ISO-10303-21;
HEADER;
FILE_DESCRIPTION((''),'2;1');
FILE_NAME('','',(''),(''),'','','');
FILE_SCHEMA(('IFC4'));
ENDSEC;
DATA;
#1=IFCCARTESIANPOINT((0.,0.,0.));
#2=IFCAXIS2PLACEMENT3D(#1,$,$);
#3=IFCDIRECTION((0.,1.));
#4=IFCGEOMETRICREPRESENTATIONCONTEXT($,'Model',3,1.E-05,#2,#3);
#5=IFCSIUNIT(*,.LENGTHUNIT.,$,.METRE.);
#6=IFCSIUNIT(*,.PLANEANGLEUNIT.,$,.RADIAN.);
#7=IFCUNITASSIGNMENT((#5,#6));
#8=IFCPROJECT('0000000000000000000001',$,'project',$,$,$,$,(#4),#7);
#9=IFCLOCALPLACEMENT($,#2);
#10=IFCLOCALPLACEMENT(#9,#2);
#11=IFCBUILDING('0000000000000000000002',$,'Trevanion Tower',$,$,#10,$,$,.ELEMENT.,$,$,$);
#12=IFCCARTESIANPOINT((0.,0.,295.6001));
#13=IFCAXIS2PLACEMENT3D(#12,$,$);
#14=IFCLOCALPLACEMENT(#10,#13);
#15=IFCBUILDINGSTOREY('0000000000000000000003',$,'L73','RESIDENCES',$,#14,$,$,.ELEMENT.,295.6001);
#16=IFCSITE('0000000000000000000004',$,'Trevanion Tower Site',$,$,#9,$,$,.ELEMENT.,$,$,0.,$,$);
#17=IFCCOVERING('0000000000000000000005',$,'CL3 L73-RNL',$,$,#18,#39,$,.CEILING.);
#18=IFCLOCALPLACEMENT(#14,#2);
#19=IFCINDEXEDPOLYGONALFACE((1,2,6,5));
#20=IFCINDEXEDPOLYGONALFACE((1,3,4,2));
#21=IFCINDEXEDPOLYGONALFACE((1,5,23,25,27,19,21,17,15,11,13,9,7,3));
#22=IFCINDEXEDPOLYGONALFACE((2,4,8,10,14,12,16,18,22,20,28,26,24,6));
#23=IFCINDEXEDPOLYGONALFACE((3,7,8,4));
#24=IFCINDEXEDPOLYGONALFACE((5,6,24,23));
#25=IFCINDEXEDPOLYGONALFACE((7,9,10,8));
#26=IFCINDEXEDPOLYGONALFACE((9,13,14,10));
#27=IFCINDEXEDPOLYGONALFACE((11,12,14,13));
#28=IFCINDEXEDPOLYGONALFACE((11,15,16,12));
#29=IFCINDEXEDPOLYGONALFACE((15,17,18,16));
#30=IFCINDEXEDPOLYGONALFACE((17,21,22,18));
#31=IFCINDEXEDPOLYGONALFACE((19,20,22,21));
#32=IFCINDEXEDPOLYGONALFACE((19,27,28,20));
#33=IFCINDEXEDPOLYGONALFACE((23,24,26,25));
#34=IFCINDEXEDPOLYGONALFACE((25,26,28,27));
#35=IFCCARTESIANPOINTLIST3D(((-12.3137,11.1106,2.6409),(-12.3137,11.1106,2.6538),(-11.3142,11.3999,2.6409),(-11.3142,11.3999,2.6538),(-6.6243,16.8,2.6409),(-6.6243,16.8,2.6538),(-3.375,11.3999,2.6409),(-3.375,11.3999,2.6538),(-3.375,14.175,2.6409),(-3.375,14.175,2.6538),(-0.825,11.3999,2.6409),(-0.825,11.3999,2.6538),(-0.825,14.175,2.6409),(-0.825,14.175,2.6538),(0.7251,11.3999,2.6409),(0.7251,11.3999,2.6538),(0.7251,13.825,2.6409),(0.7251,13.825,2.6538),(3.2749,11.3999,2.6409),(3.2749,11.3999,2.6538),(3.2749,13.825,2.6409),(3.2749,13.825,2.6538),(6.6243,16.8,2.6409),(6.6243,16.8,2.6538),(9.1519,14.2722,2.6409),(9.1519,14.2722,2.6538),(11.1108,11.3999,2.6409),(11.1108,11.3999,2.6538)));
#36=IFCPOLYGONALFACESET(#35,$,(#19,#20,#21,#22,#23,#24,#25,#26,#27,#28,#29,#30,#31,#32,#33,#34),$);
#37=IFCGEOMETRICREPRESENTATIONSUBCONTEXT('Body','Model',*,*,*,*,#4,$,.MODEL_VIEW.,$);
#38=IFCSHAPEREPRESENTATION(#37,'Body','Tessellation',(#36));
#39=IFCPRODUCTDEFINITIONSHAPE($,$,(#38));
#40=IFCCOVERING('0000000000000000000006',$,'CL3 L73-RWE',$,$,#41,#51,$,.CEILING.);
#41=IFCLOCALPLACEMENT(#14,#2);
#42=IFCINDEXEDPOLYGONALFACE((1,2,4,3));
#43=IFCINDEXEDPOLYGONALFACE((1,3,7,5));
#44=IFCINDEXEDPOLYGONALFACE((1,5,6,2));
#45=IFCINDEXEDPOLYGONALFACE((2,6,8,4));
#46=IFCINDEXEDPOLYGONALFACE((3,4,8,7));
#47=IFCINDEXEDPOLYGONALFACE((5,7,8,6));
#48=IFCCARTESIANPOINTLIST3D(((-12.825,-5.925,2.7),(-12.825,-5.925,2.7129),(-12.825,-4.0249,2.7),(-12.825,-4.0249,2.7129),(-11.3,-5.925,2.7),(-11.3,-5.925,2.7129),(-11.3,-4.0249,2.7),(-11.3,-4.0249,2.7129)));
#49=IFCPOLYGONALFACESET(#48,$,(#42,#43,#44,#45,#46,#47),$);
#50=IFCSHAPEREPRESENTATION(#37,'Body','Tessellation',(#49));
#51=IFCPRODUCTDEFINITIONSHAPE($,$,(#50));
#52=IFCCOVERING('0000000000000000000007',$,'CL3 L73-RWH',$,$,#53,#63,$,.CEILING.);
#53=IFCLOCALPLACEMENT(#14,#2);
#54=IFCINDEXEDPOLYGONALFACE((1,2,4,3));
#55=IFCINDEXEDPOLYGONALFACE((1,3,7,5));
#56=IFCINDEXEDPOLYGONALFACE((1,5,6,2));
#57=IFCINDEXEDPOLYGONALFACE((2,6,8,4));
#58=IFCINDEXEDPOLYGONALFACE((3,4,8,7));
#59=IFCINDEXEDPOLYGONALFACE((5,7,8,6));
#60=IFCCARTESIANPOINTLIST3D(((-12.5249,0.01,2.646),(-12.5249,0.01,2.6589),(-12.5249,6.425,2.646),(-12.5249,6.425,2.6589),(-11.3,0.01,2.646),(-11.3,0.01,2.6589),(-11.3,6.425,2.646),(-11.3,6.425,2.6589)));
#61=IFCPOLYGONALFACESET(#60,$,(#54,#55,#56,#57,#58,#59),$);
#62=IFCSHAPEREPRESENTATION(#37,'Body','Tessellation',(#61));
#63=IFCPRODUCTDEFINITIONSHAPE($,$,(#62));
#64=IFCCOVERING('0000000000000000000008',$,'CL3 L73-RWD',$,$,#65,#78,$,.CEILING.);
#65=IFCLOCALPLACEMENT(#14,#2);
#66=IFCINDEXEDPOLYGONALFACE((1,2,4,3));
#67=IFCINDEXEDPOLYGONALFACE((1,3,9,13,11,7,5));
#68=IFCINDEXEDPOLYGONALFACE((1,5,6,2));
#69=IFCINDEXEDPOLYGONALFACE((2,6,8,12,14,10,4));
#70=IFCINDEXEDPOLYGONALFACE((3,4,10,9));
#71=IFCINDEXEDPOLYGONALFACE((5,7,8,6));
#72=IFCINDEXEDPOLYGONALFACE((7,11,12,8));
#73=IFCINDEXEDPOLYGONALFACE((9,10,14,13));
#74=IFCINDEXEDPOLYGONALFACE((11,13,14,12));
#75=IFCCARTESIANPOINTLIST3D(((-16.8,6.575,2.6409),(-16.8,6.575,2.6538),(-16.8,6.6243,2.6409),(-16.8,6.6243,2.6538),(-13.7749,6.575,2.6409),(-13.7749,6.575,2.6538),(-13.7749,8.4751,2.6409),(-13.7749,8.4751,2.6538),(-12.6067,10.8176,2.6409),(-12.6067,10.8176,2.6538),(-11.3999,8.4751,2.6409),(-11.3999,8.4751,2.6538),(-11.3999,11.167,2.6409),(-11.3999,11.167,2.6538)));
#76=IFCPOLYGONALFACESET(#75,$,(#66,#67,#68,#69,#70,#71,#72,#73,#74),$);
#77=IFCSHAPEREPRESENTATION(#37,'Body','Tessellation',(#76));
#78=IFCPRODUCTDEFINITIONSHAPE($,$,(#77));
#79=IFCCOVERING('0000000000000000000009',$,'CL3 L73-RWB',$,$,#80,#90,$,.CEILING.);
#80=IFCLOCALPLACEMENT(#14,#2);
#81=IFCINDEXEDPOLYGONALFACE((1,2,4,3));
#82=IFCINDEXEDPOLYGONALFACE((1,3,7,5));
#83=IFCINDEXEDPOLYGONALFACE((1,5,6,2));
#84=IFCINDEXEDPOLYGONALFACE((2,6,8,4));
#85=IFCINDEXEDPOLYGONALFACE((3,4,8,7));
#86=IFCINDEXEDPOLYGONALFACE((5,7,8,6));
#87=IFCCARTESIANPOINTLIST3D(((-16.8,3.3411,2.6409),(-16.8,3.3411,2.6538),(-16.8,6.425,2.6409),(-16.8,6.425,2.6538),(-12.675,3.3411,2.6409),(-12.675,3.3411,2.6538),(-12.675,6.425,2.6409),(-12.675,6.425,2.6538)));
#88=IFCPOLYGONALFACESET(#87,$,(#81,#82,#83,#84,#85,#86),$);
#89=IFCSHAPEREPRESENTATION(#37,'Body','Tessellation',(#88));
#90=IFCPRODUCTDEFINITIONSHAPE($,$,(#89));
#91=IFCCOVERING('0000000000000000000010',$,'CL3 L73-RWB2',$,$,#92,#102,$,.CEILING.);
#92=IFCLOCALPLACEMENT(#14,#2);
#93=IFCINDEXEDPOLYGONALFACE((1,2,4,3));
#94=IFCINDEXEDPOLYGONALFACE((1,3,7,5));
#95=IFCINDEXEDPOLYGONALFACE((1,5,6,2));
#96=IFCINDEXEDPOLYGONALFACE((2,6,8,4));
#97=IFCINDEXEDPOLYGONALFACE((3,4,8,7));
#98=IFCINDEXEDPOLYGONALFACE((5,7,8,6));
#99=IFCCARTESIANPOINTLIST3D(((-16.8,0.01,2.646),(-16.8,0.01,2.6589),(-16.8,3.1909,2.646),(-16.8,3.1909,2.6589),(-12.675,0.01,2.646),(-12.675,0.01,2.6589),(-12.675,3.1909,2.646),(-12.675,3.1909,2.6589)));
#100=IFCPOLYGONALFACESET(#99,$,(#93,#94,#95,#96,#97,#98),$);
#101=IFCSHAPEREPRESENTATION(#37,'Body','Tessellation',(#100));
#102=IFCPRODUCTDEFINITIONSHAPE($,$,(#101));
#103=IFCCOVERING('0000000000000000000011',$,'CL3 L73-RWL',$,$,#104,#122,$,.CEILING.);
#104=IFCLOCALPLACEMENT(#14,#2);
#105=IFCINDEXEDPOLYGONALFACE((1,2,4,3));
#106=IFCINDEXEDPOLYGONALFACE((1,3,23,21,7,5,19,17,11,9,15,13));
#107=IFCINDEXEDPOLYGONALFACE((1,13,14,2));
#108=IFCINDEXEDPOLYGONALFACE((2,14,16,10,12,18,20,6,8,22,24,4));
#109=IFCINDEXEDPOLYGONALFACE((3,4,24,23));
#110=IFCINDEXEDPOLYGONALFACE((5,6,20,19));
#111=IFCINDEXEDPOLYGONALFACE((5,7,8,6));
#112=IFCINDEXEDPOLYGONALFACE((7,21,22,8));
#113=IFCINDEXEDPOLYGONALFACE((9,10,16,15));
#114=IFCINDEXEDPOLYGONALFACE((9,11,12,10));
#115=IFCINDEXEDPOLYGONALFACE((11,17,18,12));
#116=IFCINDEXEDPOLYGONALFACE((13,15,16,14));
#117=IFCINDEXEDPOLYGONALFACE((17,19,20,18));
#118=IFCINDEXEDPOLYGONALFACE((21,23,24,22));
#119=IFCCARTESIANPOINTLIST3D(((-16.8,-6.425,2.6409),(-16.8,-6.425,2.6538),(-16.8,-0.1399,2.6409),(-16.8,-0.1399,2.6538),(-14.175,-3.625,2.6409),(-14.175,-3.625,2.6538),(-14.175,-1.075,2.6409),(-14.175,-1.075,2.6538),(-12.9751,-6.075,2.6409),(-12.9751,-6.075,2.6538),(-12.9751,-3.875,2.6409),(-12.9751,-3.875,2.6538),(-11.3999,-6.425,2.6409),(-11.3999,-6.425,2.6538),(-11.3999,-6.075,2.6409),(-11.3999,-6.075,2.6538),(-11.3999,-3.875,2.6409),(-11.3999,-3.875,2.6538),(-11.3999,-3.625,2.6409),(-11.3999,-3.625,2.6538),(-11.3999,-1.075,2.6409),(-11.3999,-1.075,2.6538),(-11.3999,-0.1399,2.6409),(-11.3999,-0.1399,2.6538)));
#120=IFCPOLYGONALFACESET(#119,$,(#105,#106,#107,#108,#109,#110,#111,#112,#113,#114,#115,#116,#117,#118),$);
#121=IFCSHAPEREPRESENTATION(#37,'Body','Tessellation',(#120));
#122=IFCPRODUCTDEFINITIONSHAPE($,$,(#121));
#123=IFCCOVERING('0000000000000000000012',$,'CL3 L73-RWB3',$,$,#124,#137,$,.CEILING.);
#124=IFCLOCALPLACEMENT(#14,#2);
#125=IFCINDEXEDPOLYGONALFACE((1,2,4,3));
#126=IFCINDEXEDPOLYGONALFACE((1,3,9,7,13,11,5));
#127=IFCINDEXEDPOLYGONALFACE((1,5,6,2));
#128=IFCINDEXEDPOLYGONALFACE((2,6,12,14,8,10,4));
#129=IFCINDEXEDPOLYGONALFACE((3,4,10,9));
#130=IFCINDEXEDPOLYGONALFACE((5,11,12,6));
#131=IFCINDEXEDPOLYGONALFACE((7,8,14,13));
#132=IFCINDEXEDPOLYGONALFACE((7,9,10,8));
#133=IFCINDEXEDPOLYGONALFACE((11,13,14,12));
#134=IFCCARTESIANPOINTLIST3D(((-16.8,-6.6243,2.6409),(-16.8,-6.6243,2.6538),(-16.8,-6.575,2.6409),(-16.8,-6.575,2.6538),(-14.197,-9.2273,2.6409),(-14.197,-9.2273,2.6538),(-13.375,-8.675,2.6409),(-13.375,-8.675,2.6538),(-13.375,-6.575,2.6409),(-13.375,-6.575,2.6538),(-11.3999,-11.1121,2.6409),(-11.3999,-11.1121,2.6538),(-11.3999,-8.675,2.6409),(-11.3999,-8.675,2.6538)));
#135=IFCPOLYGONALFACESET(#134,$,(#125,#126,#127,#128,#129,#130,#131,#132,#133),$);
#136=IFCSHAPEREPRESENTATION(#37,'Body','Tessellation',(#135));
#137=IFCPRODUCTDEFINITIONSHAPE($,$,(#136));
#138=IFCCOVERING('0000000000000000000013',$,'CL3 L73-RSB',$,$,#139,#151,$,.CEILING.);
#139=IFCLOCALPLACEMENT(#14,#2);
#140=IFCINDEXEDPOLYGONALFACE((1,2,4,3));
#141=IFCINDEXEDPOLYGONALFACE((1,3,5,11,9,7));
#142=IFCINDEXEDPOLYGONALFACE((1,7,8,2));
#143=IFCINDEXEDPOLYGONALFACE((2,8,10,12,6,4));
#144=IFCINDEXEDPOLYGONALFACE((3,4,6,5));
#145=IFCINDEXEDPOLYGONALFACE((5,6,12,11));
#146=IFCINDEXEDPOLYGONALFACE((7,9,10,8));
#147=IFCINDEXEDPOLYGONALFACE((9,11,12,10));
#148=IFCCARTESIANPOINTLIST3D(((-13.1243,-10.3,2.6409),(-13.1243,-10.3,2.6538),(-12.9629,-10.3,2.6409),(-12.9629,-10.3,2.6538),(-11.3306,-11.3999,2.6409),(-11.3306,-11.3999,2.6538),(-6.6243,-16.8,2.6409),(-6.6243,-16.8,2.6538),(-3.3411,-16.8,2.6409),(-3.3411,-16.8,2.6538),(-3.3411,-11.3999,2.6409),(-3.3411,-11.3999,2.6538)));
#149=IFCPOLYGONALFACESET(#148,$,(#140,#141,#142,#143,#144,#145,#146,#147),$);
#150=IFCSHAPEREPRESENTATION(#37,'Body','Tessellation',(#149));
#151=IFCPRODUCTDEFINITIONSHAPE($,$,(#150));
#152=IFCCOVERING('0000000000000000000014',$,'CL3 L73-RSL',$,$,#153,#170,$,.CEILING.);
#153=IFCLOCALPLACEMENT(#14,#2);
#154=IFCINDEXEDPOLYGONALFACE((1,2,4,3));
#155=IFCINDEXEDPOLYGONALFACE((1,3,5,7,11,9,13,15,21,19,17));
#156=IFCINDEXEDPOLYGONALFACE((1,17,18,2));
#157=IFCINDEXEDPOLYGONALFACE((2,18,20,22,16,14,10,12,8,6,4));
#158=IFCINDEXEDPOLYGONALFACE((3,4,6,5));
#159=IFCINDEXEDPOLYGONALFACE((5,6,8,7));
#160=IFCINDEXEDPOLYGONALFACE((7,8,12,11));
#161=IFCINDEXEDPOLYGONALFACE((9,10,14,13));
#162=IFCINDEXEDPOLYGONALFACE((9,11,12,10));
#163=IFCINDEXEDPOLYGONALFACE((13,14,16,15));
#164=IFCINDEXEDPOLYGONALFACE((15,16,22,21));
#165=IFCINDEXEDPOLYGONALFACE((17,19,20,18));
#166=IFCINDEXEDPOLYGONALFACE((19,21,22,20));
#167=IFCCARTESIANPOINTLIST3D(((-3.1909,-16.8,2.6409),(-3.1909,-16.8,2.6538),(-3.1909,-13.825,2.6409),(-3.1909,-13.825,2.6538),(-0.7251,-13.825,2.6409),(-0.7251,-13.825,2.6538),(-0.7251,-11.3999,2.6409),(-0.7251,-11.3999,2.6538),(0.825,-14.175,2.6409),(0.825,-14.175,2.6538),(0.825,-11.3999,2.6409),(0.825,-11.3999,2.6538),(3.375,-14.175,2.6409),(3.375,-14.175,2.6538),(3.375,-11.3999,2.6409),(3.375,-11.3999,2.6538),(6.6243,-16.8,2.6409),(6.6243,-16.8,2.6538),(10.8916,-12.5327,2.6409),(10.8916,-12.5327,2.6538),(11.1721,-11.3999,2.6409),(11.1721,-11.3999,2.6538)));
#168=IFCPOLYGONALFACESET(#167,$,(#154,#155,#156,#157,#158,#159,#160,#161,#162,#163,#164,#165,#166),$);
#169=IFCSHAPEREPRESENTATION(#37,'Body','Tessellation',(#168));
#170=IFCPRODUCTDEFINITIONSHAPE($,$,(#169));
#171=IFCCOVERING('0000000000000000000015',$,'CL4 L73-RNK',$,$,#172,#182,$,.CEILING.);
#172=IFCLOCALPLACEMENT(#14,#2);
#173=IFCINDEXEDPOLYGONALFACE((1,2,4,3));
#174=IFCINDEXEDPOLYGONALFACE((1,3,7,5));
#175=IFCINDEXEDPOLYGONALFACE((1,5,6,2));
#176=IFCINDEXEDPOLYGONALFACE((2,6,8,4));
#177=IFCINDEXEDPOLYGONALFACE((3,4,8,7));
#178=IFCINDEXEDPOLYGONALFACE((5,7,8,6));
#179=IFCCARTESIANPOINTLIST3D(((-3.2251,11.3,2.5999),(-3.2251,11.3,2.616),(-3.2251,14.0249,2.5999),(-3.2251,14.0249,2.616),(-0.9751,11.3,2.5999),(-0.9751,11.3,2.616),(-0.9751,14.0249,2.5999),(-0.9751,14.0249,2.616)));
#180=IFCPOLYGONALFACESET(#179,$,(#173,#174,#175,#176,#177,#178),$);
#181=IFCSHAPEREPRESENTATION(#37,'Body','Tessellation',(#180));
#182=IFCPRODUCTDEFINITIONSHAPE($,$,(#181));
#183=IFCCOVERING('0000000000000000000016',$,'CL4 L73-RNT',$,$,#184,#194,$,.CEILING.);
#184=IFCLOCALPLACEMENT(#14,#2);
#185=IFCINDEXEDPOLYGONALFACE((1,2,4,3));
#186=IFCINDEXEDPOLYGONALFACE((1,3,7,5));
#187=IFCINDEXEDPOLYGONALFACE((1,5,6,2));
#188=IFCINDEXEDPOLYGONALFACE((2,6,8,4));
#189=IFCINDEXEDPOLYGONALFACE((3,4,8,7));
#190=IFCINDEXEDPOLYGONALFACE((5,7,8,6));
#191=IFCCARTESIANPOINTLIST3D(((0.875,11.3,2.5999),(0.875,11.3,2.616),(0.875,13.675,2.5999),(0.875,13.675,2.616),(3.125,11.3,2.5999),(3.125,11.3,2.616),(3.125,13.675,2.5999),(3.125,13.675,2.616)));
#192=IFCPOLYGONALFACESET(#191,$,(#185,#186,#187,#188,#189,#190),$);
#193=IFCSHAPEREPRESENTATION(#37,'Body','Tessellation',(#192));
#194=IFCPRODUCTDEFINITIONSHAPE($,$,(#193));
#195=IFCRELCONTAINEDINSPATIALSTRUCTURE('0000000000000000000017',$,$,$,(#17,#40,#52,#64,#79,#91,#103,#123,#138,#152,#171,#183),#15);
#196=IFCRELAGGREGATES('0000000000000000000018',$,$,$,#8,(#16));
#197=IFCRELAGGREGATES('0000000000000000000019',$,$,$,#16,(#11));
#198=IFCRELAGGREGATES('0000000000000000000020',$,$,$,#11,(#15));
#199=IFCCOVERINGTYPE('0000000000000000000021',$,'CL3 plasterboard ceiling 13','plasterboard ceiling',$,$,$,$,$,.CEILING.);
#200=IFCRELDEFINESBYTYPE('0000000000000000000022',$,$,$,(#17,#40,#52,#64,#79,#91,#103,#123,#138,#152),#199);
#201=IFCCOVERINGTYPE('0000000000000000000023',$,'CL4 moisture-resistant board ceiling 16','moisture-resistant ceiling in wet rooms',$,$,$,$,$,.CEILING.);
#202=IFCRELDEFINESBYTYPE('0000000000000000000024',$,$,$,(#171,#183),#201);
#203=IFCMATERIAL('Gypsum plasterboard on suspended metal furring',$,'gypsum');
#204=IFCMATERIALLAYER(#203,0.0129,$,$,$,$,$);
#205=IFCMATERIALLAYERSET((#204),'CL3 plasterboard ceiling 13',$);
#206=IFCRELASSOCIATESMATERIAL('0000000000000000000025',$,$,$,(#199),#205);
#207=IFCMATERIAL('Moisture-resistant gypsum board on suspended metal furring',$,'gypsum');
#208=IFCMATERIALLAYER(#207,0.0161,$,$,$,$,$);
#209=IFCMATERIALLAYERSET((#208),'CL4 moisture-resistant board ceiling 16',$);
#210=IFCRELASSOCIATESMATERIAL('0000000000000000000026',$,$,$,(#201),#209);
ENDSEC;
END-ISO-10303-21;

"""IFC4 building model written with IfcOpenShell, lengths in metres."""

from ifc_helpers import new_model, si_unit, direction, frame, origin, place, context, subcontext, project, spatial, polyline, outline, extrude, material, layer, layer_set, type_object, element, save


model = new_model("IFC4")

# Units and contexts
model_context = context("Model", 3, precision=1e-05, world=origin(), true_north=direction((0.0, 1.0)))
body_context = subcontext(model_context, "Body", "Model", "MODEL_VIEW")
ifc_project = project(units=[si_unit("LENGTHUNIT", "METRE"), si_unit("PLANEANGLEUNIT", "RADIAN")], contexts=[model_context])

# Site, building, storey
site_placement = place(None, origin())
site = spatial("IfcSite", under=ifc_project, at=site_placement, Name="Trevanion Tower Site", CompositionType="ELEMENT", RefElevation=0.0)
building_placement = place(site_placement, origin())
building = spatial("IfcBuilding", under=site, at=building_placement, Name="Trevanion Tower", CompositionType="ELEMENT")
storey_placement = place(building_placement, frame((0.0, 0.0, 295.6001)))
storey = spatial("IfcBuildingStorey", under=building, at=storey_placement, Name="L73", Description="RESIDENCES", CompositionType="ELEMENT", Elevation=295.6001)

# Coverings
ifc_material_1 = material(Name="Gypsum plasterboard on suspended metal furring", Category="gypsum")
ifc_layer_1 = layer(ifc_material_1, 0.0129)
ifc_layer_set_1 = layer_set([ifc_layer_1], Name="CL3 plasterboard ceiling 13")
covering_type_1 = type_object("IfcCoveringType", Name="CL3 plasterboard ceiling 13", Description="plasterboard ceiling", PredefinedType="CEILING", material=ifc_layer_set_1)
covering_1_placement = place(storey_placement, frame((0.0, 0.0, 2.6409)))
element("IfcCovering", 1, at=covering_1_placement, inside=storey, type_object=covering_type_1, Name="CL3 L73-RNL", PredefinedType="CEILING", context=body_context, shape_type="SweptSolid", body=[
    extrude(outline(polyline([(9.1519, 14.2722), (11.1108, 11.3999), (3.2749, 11.3999), (3.2749, 13.825), (0.7251, 13.825), (0.7251, 11.3999), (-0.825, 11.3999), (-0.825, 14.175), (-3.375, 14.175), (-3.375, 11.3999), (-11.3142, 11.3999), (-12.3137, 11.1106), (-6.6243, 16.8), (6.6243, 16.8), (9.1519, 14.2722)])), origin(), (0.0, 0.0, 1.0), 0.0129),
])
covering_2_placement = place(storey_placement, frame((0.0, 0.0, 2.7)))
element("IfcCovering", 2, at=covering_2_placement, inside=storey, type_object=covering_type_1, Name="CL3 L73-RWE", PredefinedType="CEILING", context=body_context, shape_type="SweptSolid", body=[
    extrude(outline(polyline([(-12.825, -4.0249), (-12.825, -5.925), (-11.3, -5.925), (-11.3, -4.0249), (-12.825, -4.0249)])), origin(), (0.0, 0.0, 1.0), 0.0129),
])
covering_3_placement = place(storey_placement, frame((0.0, 0.0, 2.646)))
element("IfcCovering", 3, at=covering_3_placement, inside=storey, type_object=covering_type_1, Name="CL3 L73-RWH", PredefinedType="CEILING", context=body_context, shape_type="SweptSolid", body=[
    extrude(outline(polyline([(-12.5249, 6.425), (-12.5249, 0.01), (-11.3, 0.01), (-11.3, 6.425), (-12.5249, 6.425)])), origin(), (0.0, 0.0, 1.0), 0.0129),
])
covering_4_placement = place(storey_placement, frame((0.0, 0.0, 2.6409)))
element("IfcCovering", 4, at=covering_4_placement, inside=storey, type_object=covering_type_1, Name="CL3 L73-RWD", PredefinedType="CEILING", context=body_context, shape_type="SweptSolid", body=[
    extrude(outline(polyline([(-12.6067, 10.8176), (-11.3999, 11.167), (-11.3999, 8.4751), (-13.7749, 8.4751), (-13.7749, 6.575), (-16.8, 6.575), (-16.8, 6.6243), (-12.6067, 10.8176)])), origin(), (0.0, 0.0, 1.0), 0.0129),
])
covering_5_placement = place(storey_placement, frame((0.0, 0.0, 2.6409)))
element("IfcCovering", 5, at=covering_5_placement, inside=storey, type_object=covering_type_1, Name="CL3 L73-RWB", PredefinedType="CEILING", context=body_context, shape_type="SweptSolid", body=[
    extrude(outline(polyline([(-12.675, 6.425), (-12.675, 3.3411), (-16.8, 3.3411), (-16.8, 6.425), (-12.675, 6.425)])), origin(), (0.0, 0.0, 1.0), 0.0129),
])
covering_6_placement = place(storey_placement, frame((0.0, 0.0, 2.646)))
element("IfcCovering", 6, at=covering_6_placement, inside=storey, type_object=covering_type_1, Name="CL3 L73-RWB2", PredefinedType="CEILING", context=body_context, shape_type="SweptSolid", body=[
    extrude(outline(polyline([(-12.675, 3.1909), (-12.675, 0.01), (-16.8, 0.01), (-16.8, 3.1909), (-12.675, 3.1909)])), origin(), (0.0, 0.0, 1.0), 0.0129),
])
covering_7_placement = place(storey_placement, frame((0.0, 0.0, 2.6409)))
element("IfcCovering", 7, at=covering_7_placement, inside=storey, type_object=covering_type_1, Name="CL3 L73-RWL", PredefinedType="CEILING", context=body_context, shape_type="SweptSolid", body=[
    extrude(outline(polyline([(-11.3999, -0.1399), (-11.3999, -1.075), (-14.175, -1.075), (-14.175, -3.625), (-11.3999, -3.625), (-11.3999, -3.875), (-12.9751, -3.875), (-12.9751, -6.075), (-11.3999, -6.075), (-11.3999, -6.425), (-16.8, -6.425), (-16.8, -0.1399), (-11.3999, -0.1399)])), origin(), (0.0, 0.0, 1.0), 0.0129),
])
covering_8_placement = place(storey_placement, frame((0.0, 0.0, 2.6409)))
element("IfcCovering", 8, at=covering_8_placement, inside=storey, type_object=covering_type_1, Name="CL3 L73-RWB3", PredefinedType="CEILING", context=body_context, shape_type="SweptSolid", body=[
    extrude(outline(polyline([(-13.375, -6.575), (-13.375, -8.675), (-11.3999, -8.675), (-11.3999, -11.1121), (-14.197, -9.2273), (-16.8, -6.6243), (-16.8, -6.575), (-13.375, -6.575)])), origin(), (0.0, 0.0, 1.0), 0.0129),
])
covering_9_placement = place(storey_placement, frame((0.0, 0.0, 2.6409)))
element("IfcCovering", 9, at=covering_9_placement, inside=storey, type_object=covering_type_1, Name="CL3 L73-RSB", PredefinedType="CEILING", context=body_context, shape_type="SweptSolid", body=[
    extrude(outline(polyline([(-12.9629, -10.3), (-11.3306, -11.3999), (-3.3411, -11.3999), (-3.3411, -16.8), (-6.6243, -16.8), (-13.1243, -10.3), (-12.9629, -10.3)])), origin(), (0.0, 0.0, 1.0), 0.0129),
])
covering_10_placement = place(storey_placement, frame((0.0, 0.0, 2.6409)))
element("IfcCovering", 10, at=covering_10_placement, inside=storey, type_object=covering_type_1, Name="CL3 L73-RSL", PredefinedType="CEILING", context=body_context, shape_type="SweptSolid", body=[
    extrude(outline(polyline([(10.8916, -12.5327), (6.6243, -16.8), (-3.1909, -16.8), (-3.1909, -13.825), (-0.7251, -13.825), (-0.7251, -11.3999), (0.825, -11.3999), (0.825, -14.175), (3.375, -14.175), (3.375, -11.3999), (11.1721, -11.3999), (10.8916, -12.5327)])), origin(), (0.0, 0.0, 1.0), 0.0129),
])
ifc_material_2 = material(Name="Moisture-resistant gypsum board on suspended metal furring", Category="gypsum")
ifc_layer_2 = layer(ifc_material_2, 0.0161)
ifc_layer_set_2 = layer_set([ifc_layer_2], Name="CL4 moisture-resistant board ceiling 16")
covering_type_2 = type_object("IfcCoveringType", Name="CL4 moisture-resistant board ceiling 16", Description="moisture-resistant ceiling in wet rooms", PredefinedType="CEILING", material=ifc_layer_set_2)
covering_11_placement = place(storey_placement, frame((0.0, 0.0, 2.5999)))
element("IfcCovering", 11, at=covering_11_placement, inside=storey, type_object=covering_type_2, Name="CL4 L73-RNK", PredefinedType="CEILING", context=body_context, shape_type="SweptSolid", body=[
    extrude(outline(polyline([(-0.9751, 14.0249), (-3.2251, 14.0249), (-3.2251, 11.3), (-0.9751, 11.3), (-0.9751, 14.0249)])), origin(), (0.0, 0.0, 1.0), 0.0161),
])
covering_12_placement = place(storey_placement, frame((0.0, 0.0, 2.5999)))
element("IfcCovering", 12, at=covering_12_placement, inside=storey, type_object=covering_type_2, Name="CL4 L73-RNT", PredefinedType="CEILING", context=body_context, shape_type="SweptSolid", body=[
    extrude(outline(polyline([(3.125, 13.675), (0.875, 13.675), (0.875, 11.3), (3.125, 11.3), (3.125, 13.675)])), origin(), (0.0, 0.0, 1.0), 0.0161),
])

save(model, "model.ifc")
